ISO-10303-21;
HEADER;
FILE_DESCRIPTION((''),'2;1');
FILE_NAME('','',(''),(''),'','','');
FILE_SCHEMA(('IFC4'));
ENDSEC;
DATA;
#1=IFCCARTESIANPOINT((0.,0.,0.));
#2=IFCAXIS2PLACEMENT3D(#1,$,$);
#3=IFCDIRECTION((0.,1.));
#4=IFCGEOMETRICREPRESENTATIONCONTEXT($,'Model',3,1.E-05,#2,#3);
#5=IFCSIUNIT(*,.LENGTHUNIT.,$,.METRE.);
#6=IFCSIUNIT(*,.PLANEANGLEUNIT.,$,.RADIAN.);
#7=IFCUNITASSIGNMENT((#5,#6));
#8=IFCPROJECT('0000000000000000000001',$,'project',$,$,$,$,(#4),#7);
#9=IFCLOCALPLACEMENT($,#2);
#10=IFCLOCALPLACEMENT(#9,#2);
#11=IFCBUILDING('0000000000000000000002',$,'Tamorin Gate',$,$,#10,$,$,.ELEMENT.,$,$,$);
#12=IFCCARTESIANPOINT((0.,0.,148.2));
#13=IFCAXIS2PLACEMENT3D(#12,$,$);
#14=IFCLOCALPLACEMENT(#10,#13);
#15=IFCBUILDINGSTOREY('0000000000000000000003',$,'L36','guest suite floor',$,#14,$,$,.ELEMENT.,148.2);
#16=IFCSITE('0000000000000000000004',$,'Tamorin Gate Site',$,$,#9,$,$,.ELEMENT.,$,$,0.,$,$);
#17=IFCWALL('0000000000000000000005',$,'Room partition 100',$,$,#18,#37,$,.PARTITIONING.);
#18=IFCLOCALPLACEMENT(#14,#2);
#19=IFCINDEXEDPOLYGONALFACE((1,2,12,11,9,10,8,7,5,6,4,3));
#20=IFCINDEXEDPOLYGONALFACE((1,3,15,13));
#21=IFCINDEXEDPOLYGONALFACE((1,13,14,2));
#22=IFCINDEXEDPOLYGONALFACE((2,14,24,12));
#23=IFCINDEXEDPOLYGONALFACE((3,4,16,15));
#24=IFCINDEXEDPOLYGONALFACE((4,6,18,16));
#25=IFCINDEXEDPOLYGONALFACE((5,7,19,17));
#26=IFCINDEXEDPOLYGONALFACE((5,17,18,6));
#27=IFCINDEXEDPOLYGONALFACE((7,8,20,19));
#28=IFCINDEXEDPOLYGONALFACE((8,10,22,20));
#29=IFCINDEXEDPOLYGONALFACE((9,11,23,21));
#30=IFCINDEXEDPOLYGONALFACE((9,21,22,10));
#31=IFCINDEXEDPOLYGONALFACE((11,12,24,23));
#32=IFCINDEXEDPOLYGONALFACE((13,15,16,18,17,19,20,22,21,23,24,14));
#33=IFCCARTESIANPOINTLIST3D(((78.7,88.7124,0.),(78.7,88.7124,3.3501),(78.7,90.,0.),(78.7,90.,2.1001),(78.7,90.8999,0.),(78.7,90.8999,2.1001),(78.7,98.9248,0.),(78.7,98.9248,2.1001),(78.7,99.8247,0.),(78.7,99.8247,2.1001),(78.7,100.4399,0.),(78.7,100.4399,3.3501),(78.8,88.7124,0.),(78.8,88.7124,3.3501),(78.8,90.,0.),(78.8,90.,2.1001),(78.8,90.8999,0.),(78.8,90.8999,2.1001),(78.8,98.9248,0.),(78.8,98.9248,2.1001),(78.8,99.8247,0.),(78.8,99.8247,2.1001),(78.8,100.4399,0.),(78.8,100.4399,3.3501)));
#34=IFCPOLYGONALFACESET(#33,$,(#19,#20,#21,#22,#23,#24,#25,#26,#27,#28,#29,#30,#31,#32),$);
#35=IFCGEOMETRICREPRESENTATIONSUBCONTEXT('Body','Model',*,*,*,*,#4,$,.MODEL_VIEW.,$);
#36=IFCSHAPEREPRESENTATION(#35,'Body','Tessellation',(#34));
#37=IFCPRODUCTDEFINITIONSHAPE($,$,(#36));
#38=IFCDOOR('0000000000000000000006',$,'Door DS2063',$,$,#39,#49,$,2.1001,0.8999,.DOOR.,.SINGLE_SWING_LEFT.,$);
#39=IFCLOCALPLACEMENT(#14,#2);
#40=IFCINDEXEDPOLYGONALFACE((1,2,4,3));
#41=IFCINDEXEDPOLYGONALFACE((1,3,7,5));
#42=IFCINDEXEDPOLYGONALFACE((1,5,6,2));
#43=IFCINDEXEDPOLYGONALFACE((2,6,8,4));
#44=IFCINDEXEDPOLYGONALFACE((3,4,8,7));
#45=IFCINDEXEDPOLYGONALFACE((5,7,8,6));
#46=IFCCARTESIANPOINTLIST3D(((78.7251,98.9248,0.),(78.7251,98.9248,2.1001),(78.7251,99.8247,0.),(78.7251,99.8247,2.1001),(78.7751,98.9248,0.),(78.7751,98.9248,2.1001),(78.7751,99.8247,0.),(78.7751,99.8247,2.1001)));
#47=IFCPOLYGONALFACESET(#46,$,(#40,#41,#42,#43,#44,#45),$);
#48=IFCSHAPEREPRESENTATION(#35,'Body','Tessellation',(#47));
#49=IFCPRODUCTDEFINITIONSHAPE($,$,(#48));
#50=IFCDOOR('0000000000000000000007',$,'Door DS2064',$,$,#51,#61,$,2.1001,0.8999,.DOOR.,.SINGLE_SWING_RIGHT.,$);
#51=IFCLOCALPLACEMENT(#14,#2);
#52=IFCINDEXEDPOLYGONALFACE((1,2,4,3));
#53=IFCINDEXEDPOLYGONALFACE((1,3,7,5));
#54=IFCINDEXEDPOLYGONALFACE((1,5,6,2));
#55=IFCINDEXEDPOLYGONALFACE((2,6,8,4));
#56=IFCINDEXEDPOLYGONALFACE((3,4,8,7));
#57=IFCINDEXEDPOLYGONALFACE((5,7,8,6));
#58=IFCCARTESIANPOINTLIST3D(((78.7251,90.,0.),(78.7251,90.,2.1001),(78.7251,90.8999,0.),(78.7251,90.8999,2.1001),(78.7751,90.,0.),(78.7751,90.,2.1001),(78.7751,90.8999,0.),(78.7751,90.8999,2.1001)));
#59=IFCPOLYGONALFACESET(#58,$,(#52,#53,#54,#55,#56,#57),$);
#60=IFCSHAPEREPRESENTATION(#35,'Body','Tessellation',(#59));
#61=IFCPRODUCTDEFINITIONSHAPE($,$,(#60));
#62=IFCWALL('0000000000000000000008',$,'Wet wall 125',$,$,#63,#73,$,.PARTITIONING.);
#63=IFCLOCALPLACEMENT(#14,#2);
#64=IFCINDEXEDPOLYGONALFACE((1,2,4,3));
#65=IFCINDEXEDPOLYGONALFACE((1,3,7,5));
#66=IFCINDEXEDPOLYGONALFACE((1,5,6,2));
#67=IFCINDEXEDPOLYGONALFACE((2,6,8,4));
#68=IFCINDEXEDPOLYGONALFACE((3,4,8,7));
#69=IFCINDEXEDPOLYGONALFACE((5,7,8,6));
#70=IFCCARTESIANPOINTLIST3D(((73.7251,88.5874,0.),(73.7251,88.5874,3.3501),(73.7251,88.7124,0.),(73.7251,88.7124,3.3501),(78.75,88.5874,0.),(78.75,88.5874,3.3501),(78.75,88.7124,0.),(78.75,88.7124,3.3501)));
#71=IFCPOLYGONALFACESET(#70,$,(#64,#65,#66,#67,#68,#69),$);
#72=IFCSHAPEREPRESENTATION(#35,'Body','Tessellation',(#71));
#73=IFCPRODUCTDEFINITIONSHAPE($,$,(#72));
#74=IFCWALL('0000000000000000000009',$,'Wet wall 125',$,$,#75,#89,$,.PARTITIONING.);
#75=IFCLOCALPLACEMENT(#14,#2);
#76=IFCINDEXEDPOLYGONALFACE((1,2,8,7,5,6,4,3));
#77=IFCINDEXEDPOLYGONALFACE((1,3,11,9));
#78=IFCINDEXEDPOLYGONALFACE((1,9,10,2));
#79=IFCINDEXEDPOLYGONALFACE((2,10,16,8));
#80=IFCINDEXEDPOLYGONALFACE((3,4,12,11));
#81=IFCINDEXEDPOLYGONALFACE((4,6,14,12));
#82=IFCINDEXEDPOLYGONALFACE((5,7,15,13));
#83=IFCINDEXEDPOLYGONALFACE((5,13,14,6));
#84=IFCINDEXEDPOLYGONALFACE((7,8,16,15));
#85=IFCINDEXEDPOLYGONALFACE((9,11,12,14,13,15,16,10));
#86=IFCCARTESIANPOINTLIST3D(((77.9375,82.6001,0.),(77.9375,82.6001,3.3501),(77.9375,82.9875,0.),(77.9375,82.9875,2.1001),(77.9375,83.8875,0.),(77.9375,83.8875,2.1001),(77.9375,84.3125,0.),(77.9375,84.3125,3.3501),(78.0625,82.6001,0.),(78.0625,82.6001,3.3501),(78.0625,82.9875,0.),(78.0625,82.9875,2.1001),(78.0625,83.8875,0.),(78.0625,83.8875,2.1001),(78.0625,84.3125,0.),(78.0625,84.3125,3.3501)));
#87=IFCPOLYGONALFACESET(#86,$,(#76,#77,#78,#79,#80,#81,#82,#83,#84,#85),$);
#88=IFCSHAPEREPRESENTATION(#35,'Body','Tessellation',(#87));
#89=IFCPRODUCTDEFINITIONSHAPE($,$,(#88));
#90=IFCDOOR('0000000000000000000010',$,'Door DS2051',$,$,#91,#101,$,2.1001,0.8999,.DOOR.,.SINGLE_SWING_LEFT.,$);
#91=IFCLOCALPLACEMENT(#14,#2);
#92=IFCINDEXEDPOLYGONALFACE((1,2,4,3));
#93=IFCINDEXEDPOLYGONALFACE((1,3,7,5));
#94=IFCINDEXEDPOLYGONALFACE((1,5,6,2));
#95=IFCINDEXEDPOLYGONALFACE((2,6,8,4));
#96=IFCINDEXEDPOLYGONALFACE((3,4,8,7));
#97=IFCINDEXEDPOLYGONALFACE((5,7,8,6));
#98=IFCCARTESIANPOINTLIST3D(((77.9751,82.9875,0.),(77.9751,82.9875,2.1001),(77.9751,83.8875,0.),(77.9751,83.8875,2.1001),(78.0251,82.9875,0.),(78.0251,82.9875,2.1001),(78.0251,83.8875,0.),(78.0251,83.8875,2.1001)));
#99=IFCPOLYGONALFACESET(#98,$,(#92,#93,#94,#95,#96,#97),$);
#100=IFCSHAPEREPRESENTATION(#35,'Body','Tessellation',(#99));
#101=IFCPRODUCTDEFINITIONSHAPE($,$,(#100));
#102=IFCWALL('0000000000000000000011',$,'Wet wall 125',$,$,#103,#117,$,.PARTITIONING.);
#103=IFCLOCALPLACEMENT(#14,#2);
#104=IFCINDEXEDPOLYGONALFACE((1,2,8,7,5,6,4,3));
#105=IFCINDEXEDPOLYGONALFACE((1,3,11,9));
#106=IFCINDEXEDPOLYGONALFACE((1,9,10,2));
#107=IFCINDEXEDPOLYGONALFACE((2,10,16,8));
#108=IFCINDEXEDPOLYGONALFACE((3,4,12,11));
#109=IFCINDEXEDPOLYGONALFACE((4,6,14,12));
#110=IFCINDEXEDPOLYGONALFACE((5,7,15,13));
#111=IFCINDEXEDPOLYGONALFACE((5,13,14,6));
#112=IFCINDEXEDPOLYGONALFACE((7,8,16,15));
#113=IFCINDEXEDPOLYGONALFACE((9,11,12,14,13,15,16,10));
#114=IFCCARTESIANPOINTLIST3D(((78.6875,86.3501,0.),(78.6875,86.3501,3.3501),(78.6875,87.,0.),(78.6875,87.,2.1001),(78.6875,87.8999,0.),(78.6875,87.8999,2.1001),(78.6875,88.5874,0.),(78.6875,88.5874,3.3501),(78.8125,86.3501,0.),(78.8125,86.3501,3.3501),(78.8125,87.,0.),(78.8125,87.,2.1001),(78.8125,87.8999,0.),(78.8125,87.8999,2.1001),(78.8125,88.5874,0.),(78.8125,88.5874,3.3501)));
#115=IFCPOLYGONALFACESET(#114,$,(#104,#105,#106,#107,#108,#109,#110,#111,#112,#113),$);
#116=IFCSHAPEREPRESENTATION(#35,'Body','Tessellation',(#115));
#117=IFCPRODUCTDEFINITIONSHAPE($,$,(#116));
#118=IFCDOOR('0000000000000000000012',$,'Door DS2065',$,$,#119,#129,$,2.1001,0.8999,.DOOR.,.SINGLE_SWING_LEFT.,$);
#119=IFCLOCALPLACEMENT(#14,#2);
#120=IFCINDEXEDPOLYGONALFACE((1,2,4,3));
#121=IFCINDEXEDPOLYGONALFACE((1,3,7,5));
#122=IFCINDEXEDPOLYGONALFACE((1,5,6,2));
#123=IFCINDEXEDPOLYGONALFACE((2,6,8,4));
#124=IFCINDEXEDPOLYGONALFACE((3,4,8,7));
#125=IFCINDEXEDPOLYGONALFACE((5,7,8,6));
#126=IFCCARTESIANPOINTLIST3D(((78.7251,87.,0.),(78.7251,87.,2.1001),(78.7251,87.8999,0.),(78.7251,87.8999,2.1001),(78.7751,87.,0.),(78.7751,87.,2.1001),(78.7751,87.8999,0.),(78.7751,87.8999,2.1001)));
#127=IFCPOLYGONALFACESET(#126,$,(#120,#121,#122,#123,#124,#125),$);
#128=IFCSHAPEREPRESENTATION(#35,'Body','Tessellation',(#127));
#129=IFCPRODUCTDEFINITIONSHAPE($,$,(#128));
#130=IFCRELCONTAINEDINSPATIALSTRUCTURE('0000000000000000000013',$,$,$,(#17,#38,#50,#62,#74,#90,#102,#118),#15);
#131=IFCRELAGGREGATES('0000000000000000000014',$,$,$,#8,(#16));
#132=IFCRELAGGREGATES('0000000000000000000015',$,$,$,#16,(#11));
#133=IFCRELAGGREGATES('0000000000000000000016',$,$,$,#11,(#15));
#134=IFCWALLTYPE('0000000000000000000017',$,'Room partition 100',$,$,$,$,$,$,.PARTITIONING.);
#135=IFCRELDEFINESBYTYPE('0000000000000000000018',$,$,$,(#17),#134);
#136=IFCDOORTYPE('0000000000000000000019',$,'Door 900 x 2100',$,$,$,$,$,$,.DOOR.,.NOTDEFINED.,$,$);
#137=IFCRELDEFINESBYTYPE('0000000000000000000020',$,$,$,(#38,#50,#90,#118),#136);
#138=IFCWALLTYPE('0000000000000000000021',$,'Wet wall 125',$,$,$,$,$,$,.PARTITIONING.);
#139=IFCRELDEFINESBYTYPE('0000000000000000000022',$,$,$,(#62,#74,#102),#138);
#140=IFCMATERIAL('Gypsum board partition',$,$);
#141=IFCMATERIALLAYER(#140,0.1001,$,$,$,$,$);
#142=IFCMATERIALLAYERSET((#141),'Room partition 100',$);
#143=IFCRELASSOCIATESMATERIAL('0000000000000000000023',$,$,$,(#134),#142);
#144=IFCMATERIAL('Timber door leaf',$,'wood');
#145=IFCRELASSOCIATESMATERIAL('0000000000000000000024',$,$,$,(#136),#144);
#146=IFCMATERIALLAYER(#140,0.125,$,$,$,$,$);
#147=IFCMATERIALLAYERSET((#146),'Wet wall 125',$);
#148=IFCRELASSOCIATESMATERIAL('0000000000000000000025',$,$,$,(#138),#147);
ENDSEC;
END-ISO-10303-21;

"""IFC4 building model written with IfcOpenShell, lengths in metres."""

from ifc_helpers import new_model, si_unit, direction, frame, frame_2d, origin, place, context, subcontext, project, spatial, rectangle, extrude, material, layer, layer_set, type_object, element, fill, save


model = new_model("IFC4")

# Units and contexts
model_context = context("Model", 3, precision=1e-05, world=origin(), true_north=direction((0.0, 1.0)))
body_context = subcontext(model_context, "Body", "Model", "MODEL_VIEW")
ifc_project = project(units=[si_unit("LENGTHUNIT", "METRE"), si_unit("PLANEANGLEUNIT", "RADIAN")], contexts=[model_context])

# Site, building, storey
site_placement = place(None, origin())
site = spatial("IfcSite", under=ifc_project, at=site_placement, Name="Tamorin Gate Site", CompositionType="ELEMENT", RefElevation=0.0)
building_placement = place(site_placement, origin())
building = spatial("IfcBuilding", under=site, at=building_placement, Name="Tamorin Gate", CompositionType="ELEMENT")
storey_placement = place(building_placement, frame((0.0, 0.0, 148.2)))
storey = spatial("IfcBuildingStorey", under=building, at=storey_placement, Name="L36", Description="guest suite floor", CompositionType="ELEMENT", Elevation=148.2)

# Shared definitions
ifc_material_1 = material(Name="Gypsum board partition")
ifc_layer_1 = layer(ifc_material_1, 0.1001)
ifc_layer_set_1 = layer_set([ifc_layer_1], Name="Room partition 100")
wall_type_1 = type_object("IfcWallType", Name="Room partition 100", PredefinedType="PARTITIONING", material=ifc_layer_set_1)
ifc_material_2 = material(Name="Timber door leaf", Category="wood")
door_type = type_object("IfcDoorType", Name="Door 900 x 2100", OperationType="NOTDEFINED", PredefinedType="DOOR", material=ifc_material_2)

# Wall, openings, doors
wall_1_placement = place(storey_placement, frame((78.75, 88.7124, 0.0), z_axis=(0.0, 0.0, 1.0), x_axis=(0.0, 1.0, 0.0)))
wall_1 = element("IfcWall", 1, at=wall_1_placement, inside=storey, type_object=wall_type_1, Name="Room partition 100", PredefinedType="PARTITIONING", context=body_context, shape_type="SweptSolid", body=[
    extrude(rectangle(XDim=11.7275, YDim=0.1001, at=frame_2d((5.8638, 0.0))), origin(), (0.0, 0.0, 1.0), 3.3501),
])
opening_1_placement = place(wall_1_placement, frame((10.2124, 0.0, 0.0)))
opening_1 = element("IfcOpeningElement", 2, at=opening_1_placement, cuts=wall_1, PredefinedType="OPENING", context=body_context, shape_type="SweptSolid", body=[
    extrude(rectangle(XDim=0.8999, YDim=2.1001, at=frame_2d((0.45, 1.05))), frame((0.0, 0.0601, 0.0), z_axis=(0.0, -1.0, 0.0), x_axis=(1.0, 0.0, 0.0)), (0.0, 0.0, 1.0), 0.1201),
])
opening_2_placement = place(wall_1_placement, frame((1.2876, 0.0, 0.0)))
opening_2 = element("IfcOpeningElement", 3, at=opening_2_placement, cuts=wall_1, PredefinedType="OPENING", context=body_context, shape_type="SweptSolid", body=[
    extrude(rectangle(XDim=0.8999, YDim=2.1001, at=frame_2d((0.45, 1.05))), frame((0.0, 0.0601, 0.0), z_axis=(0.0, -1.0, 0.0), x_axis=(1.0, 0.0, 0.0)), (0.0, 0.0, 1.0), 0.1201),
])
door_1_placement = place(opening_1_placement, origin())
door_1 = element("IfcDoor", 4, at=door_1_placement, inside=storey, type_object=door_type, Name="Door DS2063", OperationType="SINGLE_SWING_LEFT", OverallHeight=2.1001, OverallWidth=0.8999, PredefinedType="DOOR", context=body_context, shape_type="SweptSolid", body=[
    extrude(rectangle(XDim=0.8999, YDim=2.1001, at=frame_2d((0.45, 1.05))), frame((0.0, 0.0249, 0.0), z_axis=(0.0, -1.0, 0.0), x_axis=(1.0, 0.0, 0.0)), (0.0, 0.0, 1.0), 0.05),
])
fill(opening_1, door_1)
door_2_placement = place(opening_2_placement, origin())
door_2 = element("IfcDoor", 5, at=door_2_placement, inside=storey, type_object=door_type, Name="Door DS2064", OperationType="SINGLE_SWING_RIGHT", OverallHeight=2.1001, OverallWidth=0.8999, PredefinedType="DOOR", context=body_context, shape_type="SweptSolid", body=[
    extrude(rectangle(XDim=0.8999, YDim=2.1001, at=frame_2d((0.45, 1.05))), frame((0.0, 0.0249, 0.0), z_axis=(0.0, -1.0, 0.0), x_axis=(1.0, 0.0, 0.0)), (0.0, 0.0, 1.0), 0.05),
])
fill(opening_2, door_2)

# Wall
ifc_layer_2 = layer(ifc_material_1, 0.125)
ifc_layer_set_2 = layer_set([ifc_layer_2], Name="Wet wall 125")
wall_type_2 = type_object("IfcWallType", Name="Wet wall 125", PredefinedType="PARTITIONING", material=ifc_layer_set_2)
wall_2_placement = place(storey_placement, frame((73.7251, 88.6499, 0.0), z_axis=(0.0, 0.0, 1.0), x_axis=(1.0, 0.0, 0.0)))
element("IfcWall", 6, at=wall_2_placement, inside=storey, type_object=wall_type_2, Name="Wet wall 125", PredefinedType="PARTITIONING", context=body_context, shape_type="SweptSolid", body=[
    extrude(rectangle(XDim=5.0249, YDim=0.125, at=frame_2d((2.5125, 0.0))), origin(), (0.0, 0.0, 1.0), 3.3501),
])

# Walls, openings, doors
wall_3_placement = place(storey_placement, frame((78.0, 82.6001, 0.0), z_axis=(0.0, 0.0, 1.0), x_axis=(0.0, 1.0, 0.0)))
wall_3 = element("IfcWall", 7, at=wall_3_placement, inside=storey, type_object=wall_type_2, Name="Wet wall 125", PredefinedType="PARTITIONING", context=body_context, shape_type="SweptSolid", body=[
    extrude(rectangle(XDim=1.7124, YDim=0.125, at=frame_2d((0.8562, 0.0))), origin(), (0.0, 0.0, 1.0), 3.3501),
])
opening_3_placement = place(wall_3_placement, frame((0.3875, 0.0, 0.0)))
opening_3 = element("IfcOpeningElement", 8, at=opening_3_placement, cuts=wall_3, PredefinedType="OPENING", context=body_context, shape_type="SweptSolid", body=[
    extrude(rectangle(XDim=0.8999, YDim=2.1001, at=frame_2d((0.45, 1.05))), frame((0.0, 0.0725, 0.0), z_axis=(0.0, -1.0, 0.0), x_axis=(1.0, 0.0, 0.0)), (0.0, 0.0, 1.0), 0.145),
])
door_3_placement = place(opening_3_placement, origin())
door_3 = element("IfcDoor", 9, at=door_3_placement, inside=storey, type_object=door_type, Name="Door DS2051", OperationType="SINGLE_SWING_LEFT", OverallHeight=2.1001, OverallWidth=0.8999, PredefinedType="DOOR", context=body_context, shape_type="SweptSolid", body=[
    extrude(rectangle(XDim=0.8999, YDim=2.1001, at=frame_2d((0.45, 1.05))), frame((0.0, 0.0249, 0.0), z_axis=(0.0, -1.0, 0.0), x_axis=(1.0, 0.0, 0.0)), (0.0, 0.0, 1.0), 0.05),
])
fill(opening_3, door_3)
wall_4_placement = place(storey_placement, frame((78.75, 86.3501, 0.0), z_axis=(0.0, 0.0, 1.0), x_axis=(0.0, 1.0, 0.0)))
wall_4 = element("IfcWall", 10, at=wall_4_placement, inside=storey, type_object=wall_type_2, Name="Wet wall 125", PredefinedType="PARTITIONING", context=body_context, shape_type="SweptSolid", body=[
    extrude(rectangle(XDim=2.2373, YDim=0.125, at=frame_2d((1.1187, 0.0))), origin(), (0.0, 0.0, 1.0), 3.3501),
])
opening_4_placement = place(wall_4_placement, frame((0.6499, 0.0, 0.0)))
opening_4 = element("IfcOpeningElement", 11, at=opening_4_placement, cuts=wall_4, PredefinedType="OPENING", context=body_context, shape_type="SweptSolid", body=[
    extrude(rectangle(XDim=0.8999, YDim=2.1001, at=frame_2d((0.45, 1.05))), frame((0.0, 0.0725, 0.0), z_axis=(0.0, -1.0, 0.0), x_axis=(1.0, 0.0, 0.0)), (0.0, 0.0, 1.0), 0.145),
])
door_4_placement = place(opening_4_placement, origin())
door_4 = element("IfcDoor", 12, at=door_4_placement, inside=storey, type_object=door_type, Name="Door DS2065", OperationType="SINGLE_SWING_LEFT", OverallHeight=2.1001, OverallWidth=0.8999, PredefinedType="DOOR", context=body_context, shape_type="SweptSolid", body=[
    extrude(rectangle(XDim=0.8999, YDim=2.1001, at=frame_2d((0.45, 1.05))), frame((0.0, 0.0249, 0.0), z_axis=(0.0, -1.0, 0.0), x_axis=(1.0, 0.0, 0.0)), (0.0, 0.0, 1.0), 0.05),
])
fill(opening_4, door_4)

save(model, "model.ifc")
